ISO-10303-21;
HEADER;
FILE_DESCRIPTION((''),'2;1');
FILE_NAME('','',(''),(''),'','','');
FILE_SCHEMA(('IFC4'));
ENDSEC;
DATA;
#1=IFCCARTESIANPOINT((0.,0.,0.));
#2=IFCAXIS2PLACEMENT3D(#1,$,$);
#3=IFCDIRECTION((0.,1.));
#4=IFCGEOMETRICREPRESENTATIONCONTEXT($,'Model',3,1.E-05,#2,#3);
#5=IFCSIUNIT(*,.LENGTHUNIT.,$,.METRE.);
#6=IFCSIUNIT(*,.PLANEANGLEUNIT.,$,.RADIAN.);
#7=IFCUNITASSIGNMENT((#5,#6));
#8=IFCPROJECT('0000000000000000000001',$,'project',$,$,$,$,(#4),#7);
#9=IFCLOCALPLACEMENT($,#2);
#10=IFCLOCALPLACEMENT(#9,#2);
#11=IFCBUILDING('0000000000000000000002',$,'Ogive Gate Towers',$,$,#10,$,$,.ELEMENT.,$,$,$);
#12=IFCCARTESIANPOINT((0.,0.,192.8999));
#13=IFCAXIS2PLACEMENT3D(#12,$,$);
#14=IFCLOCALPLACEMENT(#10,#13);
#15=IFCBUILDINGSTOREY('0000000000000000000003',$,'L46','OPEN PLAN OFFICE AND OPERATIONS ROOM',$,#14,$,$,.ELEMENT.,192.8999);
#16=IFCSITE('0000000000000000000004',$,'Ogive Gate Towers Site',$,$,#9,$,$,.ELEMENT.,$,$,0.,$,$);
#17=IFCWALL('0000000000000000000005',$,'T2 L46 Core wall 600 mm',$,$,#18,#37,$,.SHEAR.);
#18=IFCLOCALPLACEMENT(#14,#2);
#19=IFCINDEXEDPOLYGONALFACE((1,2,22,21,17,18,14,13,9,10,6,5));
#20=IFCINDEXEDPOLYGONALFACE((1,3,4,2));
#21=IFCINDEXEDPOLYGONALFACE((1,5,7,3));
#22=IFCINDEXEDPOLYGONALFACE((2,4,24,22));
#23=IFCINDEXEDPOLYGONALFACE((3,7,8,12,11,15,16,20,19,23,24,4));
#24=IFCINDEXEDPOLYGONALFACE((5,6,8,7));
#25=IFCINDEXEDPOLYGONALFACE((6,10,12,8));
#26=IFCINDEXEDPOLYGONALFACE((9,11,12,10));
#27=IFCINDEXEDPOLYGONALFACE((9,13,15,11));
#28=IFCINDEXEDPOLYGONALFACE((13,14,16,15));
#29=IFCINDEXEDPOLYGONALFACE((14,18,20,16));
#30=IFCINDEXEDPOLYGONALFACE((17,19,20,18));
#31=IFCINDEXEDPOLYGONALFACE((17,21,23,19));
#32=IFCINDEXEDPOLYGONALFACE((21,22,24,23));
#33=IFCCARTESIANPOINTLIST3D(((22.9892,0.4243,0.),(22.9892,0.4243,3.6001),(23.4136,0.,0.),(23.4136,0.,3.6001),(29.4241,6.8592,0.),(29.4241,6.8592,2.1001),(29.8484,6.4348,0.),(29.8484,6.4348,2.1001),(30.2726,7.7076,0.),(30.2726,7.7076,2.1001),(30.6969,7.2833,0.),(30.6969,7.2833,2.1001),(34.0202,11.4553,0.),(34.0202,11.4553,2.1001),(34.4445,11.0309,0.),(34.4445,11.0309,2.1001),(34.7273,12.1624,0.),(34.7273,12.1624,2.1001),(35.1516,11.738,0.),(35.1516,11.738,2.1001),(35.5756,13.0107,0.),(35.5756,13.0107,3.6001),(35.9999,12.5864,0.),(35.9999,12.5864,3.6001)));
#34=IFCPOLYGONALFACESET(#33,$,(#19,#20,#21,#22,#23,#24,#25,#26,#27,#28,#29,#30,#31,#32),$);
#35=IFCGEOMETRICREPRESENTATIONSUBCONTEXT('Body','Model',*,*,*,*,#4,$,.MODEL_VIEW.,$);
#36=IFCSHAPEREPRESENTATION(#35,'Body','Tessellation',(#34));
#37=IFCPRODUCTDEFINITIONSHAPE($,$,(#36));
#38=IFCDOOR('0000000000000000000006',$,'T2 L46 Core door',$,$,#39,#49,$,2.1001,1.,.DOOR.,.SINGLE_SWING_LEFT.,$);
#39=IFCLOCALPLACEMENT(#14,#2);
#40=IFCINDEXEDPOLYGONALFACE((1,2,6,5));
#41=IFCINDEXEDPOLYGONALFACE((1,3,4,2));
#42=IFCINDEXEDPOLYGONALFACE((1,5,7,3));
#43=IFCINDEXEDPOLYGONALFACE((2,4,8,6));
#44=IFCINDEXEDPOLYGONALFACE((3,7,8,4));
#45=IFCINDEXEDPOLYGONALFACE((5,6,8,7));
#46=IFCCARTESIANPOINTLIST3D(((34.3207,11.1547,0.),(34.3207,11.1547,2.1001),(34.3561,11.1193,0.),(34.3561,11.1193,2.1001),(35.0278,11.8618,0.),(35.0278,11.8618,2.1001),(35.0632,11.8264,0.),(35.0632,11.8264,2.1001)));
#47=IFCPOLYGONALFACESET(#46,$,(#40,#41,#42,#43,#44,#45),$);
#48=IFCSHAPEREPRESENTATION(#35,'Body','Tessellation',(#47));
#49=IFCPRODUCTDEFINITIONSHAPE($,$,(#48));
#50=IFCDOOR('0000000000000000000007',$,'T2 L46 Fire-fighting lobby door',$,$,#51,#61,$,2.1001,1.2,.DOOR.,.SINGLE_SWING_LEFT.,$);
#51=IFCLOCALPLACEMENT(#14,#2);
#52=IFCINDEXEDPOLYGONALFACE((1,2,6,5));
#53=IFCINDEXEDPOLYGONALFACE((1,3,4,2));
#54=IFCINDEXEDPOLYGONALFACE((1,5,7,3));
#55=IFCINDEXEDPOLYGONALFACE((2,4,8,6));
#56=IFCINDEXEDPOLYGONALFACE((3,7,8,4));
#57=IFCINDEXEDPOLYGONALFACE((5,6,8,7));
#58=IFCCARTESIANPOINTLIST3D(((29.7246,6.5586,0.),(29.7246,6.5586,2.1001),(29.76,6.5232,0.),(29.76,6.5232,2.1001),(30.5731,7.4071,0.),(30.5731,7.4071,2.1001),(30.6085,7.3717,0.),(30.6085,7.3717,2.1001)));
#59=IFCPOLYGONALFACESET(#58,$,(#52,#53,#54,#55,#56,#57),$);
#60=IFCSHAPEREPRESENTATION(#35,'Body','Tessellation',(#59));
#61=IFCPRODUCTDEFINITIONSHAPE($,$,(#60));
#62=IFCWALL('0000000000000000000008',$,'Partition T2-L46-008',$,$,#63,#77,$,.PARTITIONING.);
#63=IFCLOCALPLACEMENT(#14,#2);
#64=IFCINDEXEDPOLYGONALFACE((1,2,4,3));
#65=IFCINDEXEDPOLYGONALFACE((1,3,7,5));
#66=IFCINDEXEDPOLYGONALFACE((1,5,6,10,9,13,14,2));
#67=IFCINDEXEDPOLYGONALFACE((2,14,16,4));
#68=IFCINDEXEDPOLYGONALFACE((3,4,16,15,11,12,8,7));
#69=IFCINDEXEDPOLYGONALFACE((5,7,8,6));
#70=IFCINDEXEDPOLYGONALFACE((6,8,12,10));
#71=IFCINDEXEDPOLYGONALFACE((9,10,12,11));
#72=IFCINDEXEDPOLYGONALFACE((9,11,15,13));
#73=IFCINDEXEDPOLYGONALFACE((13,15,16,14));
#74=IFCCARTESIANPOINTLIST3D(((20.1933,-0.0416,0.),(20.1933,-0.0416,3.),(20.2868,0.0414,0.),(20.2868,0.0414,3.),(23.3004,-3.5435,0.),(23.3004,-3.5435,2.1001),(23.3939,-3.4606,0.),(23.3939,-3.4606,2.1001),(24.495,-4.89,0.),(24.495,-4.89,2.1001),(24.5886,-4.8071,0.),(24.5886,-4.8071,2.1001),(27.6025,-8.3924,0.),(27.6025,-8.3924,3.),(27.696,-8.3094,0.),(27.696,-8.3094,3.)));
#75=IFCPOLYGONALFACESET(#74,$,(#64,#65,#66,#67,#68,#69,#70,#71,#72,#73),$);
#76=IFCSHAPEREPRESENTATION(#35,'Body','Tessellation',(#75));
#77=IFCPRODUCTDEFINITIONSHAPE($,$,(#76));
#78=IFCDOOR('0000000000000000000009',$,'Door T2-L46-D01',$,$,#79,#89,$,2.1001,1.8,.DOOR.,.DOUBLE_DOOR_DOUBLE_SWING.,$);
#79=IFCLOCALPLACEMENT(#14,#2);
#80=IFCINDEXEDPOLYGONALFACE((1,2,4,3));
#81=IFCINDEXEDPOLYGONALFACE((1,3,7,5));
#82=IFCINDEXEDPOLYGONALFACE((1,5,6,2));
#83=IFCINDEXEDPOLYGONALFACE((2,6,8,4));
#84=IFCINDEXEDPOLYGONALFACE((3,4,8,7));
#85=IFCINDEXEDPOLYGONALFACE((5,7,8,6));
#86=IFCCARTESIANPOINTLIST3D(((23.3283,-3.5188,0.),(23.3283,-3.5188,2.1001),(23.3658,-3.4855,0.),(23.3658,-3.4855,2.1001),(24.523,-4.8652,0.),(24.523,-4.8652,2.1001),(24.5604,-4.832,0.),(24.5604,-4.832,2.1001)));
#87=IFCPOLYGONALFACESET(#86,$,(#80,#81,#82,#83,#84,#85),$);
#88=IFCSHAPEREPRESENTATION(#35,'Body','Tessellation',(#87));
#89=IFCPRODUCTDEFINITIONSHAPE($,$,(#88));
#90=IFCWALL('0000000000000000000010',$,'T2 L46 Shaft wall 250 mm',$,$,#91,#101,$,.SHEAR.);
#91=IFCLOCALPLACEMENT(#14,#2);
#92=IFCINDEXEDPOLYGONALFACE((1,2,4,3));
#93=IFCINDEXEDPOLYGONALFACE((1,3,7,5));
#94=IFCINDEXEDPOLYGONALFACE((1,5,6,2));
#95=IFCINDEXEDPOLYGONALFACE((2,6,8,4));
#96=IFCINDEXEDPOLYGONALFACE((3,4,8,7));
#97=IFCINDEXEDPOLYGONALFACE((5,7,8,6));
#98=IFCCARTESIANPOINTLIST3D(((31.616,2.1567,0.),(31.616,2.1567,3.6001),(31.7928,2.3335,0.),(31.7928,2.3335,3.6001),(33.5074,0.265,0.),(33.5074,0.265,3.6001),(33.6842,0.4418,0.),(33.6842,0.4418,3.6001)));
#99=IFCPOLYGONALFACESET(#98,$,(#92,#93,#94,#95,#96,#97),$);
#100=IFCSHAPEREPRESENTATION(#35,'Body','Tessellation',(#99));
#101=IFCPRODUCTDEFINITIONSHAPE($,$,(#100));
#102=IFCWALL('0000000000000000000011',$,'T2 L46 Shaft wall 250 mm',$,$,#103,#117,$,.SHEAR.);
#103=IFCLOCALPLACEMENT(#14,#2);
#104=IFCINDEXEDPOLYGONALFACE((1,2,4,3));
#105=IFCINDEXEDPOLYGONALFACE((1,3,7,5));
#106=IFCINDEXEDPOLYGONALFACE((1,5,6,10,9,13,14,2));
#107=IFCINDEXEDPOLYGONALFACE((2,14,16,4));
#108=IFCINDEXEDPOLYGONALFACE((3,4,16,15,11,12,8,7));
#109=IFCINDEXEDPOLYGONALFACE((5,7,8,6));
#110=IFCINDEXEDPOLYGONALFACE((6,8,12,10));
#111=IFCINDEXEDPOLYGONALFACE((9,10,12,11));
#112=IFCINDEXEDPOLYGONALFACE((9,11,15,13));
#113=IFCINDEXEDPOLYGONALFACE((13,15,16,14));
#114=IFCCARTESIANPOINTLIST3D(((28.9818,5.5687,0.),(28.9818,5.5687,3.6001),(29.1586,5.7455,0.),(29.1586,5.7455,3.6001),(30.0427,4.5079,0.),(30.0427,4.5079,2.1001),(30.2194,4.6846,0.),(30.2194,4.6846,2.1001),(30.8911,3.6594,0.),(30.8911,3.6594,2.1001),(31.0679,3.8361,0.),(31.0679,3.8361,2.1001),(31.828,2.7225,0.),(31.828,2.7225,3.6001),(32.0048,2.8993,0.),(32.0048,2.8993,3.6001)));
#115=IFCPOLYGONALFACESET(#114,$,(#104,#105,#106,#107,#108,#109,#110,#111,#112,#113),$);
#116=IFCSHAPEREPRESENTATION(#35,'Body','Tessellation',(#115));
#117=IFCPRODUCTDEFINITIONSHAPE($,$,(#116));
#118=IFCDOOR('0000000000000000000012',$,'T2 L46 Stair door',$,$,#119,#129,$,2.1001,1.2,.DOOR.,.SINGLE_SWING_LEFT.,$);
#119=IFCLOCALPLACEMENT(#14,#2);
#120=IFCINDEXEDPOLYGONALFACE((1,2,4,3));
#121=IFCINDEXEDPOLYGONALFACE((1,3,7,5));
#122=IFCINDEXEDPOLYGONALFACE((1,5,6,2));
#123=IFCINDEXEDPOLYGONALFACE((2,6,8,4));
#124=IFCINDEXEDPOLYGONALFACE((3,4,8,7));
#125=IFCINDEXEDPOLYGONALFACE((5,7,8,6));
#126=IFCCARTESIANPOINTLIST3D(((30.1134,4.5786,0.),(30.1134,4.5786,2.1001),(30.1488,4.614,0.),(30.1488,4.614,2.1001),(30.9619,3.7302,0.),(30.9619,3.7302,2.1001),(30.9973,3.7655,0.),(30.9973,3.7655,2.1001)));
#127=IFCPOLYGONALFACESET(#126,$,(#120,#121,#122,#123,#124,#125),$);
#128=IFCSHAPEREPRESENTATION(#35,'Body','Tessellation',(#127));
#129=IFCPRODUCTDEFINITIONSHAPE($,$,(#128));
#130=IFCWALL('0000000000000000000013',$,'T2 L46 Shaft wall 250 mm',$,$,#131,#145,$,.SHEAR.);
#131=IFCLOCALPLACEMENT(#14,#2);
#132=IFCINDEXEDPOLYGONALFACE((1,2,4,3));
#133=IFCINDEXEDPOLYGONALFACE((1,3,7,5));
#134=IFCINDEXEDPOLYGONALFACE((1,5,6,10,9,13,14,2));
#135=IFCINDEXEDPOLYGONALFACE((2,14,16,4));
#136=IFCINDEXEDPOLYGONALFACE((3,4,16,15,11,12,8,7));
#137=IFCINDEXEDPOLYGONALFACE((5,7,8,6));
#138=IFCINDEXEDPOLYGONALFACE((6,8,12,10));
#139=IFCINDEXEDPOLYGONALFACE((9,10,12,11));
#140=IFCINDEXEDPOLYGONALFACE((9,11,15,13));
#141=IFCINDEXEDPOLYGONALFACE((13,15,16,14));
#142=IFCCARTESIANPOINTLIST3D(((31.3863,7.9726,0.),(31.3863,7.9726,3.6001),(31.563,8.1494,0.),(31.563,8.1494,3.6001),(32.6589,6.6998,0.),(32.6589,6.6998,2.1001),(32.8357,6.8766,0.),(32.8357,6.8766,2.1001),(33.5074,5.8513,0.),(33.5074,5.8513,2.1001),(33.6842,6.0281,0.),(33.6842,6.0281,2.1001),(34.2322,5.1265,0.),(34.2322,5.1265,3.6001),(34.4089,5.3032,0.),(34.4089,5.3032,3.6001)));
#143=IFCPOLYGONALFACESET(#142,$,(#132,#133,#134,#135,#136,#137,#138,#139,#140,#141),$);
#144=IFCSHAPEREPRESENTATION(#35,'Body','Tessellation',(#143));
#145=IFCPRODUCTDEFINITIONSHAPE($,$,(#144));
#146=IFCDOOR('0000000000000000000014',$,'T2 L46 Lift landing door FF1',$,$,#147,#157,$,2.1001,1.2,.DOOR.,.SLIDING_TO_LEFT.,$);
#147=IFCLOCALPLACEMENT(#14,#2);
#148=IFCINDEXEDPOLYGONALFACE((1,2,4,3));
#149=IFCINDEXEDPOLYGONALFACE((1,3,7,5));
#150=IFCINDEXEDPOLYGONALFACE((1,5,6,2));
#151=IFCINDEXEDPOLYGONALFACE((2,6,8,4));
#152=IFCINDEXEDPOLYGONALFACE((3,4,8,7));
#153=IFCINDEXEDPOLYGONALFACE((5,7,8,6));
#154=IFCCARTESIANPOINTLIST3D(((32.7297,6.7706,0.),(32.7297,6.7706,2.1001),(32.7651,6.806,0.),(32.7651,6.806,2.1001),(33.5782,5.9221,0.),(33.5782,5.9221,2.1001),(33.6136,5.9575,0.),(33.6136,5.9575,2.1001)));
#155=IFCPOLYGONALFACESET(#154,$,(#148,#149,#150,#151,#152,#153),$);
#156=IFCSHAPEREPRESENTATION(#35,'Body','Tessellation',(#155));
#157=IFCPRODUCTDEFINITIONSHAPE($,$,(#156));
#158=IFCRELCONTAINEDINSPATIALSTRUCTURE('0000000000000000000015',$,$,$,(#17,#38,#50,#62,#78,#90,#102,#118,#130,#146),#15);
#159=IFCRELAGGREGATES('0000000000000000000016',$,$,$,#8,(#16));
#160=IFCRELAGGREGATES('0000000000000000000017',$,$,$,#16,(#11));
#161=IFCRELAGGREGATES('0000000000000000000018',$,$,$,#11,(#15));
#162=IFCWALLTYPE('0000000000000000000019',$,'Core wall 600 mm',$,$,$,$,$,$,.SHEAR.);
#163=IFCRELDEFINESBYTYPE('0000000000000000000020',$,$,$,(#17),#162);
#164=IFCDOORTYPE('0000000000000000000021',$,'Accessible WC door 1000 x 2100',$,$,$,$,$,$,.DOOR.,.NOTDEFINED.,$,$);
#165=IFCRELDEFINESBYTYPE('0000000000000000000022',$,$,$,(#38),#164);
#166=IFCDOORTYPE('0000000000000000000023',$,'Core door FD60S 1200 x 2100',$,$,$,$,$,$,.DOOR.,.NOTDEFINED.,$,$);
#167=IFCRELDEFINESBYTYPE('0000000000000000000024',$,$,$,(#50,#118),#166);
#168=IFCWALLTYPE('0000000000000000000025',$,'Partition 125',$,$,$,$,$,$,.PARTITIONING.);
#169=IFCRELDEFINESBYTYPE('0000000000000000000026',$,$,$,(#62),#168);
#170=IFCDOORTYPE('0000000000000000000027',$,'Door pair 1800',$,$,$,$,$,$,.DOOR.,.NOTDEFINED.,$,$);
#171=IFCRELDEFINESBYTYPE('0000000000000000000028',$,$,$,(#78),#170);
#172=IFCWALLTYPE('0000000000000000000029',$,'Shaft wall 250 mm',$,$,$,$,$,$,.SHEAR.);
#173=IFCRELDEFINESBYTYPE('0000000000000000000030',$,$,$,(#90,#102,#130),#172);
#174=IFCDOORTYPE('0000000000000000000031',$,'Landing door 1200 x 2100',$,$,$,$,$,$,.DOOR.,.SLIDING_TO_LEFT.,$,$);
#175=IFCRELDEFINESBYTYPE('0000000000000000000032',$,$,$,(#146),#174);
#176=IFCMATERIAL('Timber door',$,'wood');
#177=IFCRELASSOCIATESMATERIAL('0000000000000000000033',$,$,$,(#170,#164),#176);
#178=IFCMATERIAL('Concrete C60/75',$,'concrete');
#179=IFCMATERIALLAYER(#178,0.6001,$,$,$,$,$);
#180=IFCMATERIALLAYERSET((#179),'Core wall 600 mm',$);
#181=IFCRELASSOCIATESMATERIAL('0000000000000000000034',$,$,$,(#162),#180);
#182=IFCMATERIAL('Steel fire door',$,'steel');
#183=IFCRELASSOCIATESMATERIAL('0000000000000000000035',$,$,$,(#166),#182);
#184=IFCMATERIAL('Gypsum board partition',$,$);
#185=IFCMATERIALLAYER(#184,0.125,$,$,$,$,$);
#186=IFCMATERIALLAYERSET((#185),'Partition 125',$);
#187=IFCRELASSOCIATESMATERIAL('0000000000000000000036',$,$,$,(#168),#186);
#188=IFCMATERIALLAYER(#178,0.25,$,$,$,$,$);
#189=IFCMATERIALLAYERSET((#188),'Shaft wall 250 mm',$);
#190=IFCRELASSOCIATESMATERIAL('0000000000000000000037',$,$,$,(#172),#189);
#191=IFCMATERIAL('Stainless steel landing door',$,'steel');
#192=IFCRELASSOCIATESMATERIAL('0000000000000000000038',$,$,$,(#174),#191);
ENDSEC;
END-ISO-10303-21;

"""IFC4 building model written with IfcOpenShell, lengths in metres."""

from ifc_helpers import new_model, si_unit, direction, frame, frame_2d, origin, place, context, subcontext, project, spatial, rectangle, extrude, material, layer, layer_set, type_object, element, fill, save


model = new_model("IFC4")

# Units and contexts
model_context = context("Model", 3, precision=1e-05, world=origin(), true_north=direction((0.0, 1.0)))
body_context = subcontext(model_context, "Body", "Model", "MODEL_VIEW")
ifc_project = project(units=[si_unit("LENGTHUNIT", "METRE"), si_unit("PLANEANGLEUNIT", "RADIAN")], contexts=[model_context])

# Site, building, storey
site_placement = place(None, origin())
site = spatial("IfcSite", under=ifc_project, at=site_placement, Name="Ogive Gate Towers Site", CompositionType="ELEMENT", RefElevation=0.0)
building_placement = place(site_placement, origin())
building = spatial("IfcBuilding", under=site, at=building_placement, Name="Ogive Gate Towers", CompositionType="ELEMENT")
storey_placement = place(building_placement, frame((0.0, 0.0, 192.8999)))
storey = spatial("IfcBuildingStorey", under=building, at=storey_placement, Name="L46", Description="OPEN PLAN OFFICE AND OPERATIONS ROOM", CompositionType="ELEMENT", Elevation=192.8999)

# Shared definitions
ifc_material_1 = material(Name="Timber door", Category="wood")
door_type_1 = type_object("IfcDoorType", Name="Door pair 1800", OperationType="NOTDEFINED", PredefinedType="DOOR", material=ifc_material_1)

# Wall, openings, doors
ifc_material_2 = material(Name="Concrete C60/75", Category="concrete")
ifc_layer_1 = layer(ifc_material_2, 0.6001)
ifc_layer_set_1 = layer_set([ifc_layer_1], Name="Core wall 600 mm")
wall_type_1 = type_object("IfcWallType", Name="Core wall 600 mm", PredefinedType="SHEAR", material=ifc_layer_set_1)
wall_1_placement = place(storey_placement, frame((23.2014, 0.2122, 0.0), z_axis=(0.0, 0.0, 1.0), x_axis=(0.707107, 0.707107, 0.0)))
wall_1 = element("IfcWall", 1, at=wall_1_placement, inside=storey, type_object=wall_type_1, Name="T2 L46 Core wall 600 mm", PredefinedType="SHEAR", context=body_context, shape_type="SweptSolid", body=[
    extrude(rectangle(XDim=17.7998, YDim=0.6001, at=frame_2d((8.8999, 0.0))), origin(), (0.0, 0.0, 1.0), 3.6001),
])
opening_1_placement = place(wall_1_placement, frame((9.1001, 0.0, 0.0)))
opening_1 = element("IfcOpeningElement", 2, at=opening_1_placement, cuts=wall_1, PredefinedType="OPENING", context=body_context, shape_type="SweptSolid", body=[
    extrude(rectangle(XDim=1.2, YDim=2.1001, at=frame_2d((0.6001, 1.05))), frame((0.0, 0.3101, 0.0), z_axis=(0.0, -1.0, 0.0), x_axis=(1.0, 0.0, 0.0)), (0.0, 0.0, 1.0), 0.6201),
])
opening_2_placement = place(wall_1_placement, frame((15.6001, 0.0, 0.0)))
opening_2 = element("IfcOpeningElement", 3, at=opening_2_placement, cuts=wall_1, PredefinedType="OPENING", context=body_context, shape_type="SweptSolid", body=[
    extrude(rectangle(XDim=1.0, YDim=2.1001, at=frame_2d((0.5, 1.05))), frame((0.0, 0.3101, 0.0), z_axis=(0.0, -1.0, 0.0), x_axis=(1.0, 0.0, 0.0)), (0.0, 0.0, 1.0), 0.6201),
])
door_type_2 = type_object("IfcDoorType", Name="Accessible WC door 1000 x 2100", OperationType="NOTDEFINED", PredefinedType="DOOR", material=ifc_material_1)
door_1_placement = place(opening_2_placement, origin())
door_1 = element("IfcDoor", 4, at=door_1_placement, inside=storey, type_object=door_type_2, Name="T2 L46 Core door", OperationType="SINGLE_SWING_LEFT", OverallHeight=2.1001, OverallWidth=1.0, PredefinedType="DOOR", context=body_context, shape_type="SweptSolid", body=[
    extrude(rectangle(XDim=1.0, YDim=2.1001, at=frame_2d((0.5, 1.05))), frame((0.0, -0.125, 0.0), z_axis=(0.0, -1.0, 0.0), x_axis=(1.0, 0.0, 0.0)), (0.0, 0.0, 1.0), 0.05),
])
fill(opening_2, door_1)
ifc_material_3 = material(Name="Steel fire door", Category="steel")
door_type_3 = type_object("IfcDoorType", Name="Core door FD60S 1200 x 2100", OperationType="NOTDEFINED", PredefinedType="DOOR", material=ifc_material_3)
door_2_placement = place(opening_1_placement, origin())
door_2 = element("IfcDoor", 5, at=door_2_placement, inside=storey, type_object=door_type_3, Name="T2 L46 Fire-fighting lobby door", OperationType="SINGLE_SWING_LEFT", OverallHeight=2.1001, OverallWidth=1.2, PredefinedType="DOOR", context=body_context, shape_type="SweptSolid", body=[
    extrude(rectangle(XDim=1.2, YDim=2.1001, at=frame_2d((0.6001, 1.05))), frame((0.0, -0.125, 0.0), z_axis=(0.0, -1.0, 0.0), x_axis=(1.0, 0.0, 0.0)), (0.0, 0.0, 1.0), 0.05),
])
fill(opening_1, door_2)

# Wall, opening, door
ifc_material_4 = material(Name="Gypsum board partition")
ifc_layer_2 = layer(ifc_material_4, 0.125)
ifc_layer_set_2 = layer_set([ifc_layer_2], Name="Partition 125")
wall_type_2 = type_object("IfcWallType", Name="Partition 125", PredefinedType="PARTITIONING", material=ifc_layer_set_2)
wall_2_placement = place(storey_placement, frame((20.24, 0.0, 0.0), z_axis=(0.0, 0.0, 1.0), x_axis=(0.663674, -0.748022, 0.0)))
wall_2 = element("IfcWall", 6, at=wall_2_placement, inside=storey, type_object=wall_type_2, Name="Partition T2-L46-008", PredefinedType="PARTITIONING", context=body_context, shape_type="SweptSolid", body=[
    extrude(rectangle(XDim=11.1638, YDim=0.125, at=frame_2d((5.582, 0.0))), origin(), (0.0, 0.0, 1.0), 3.0),
])
opening_3_placement = place(wall_2_placement, frame((4.6819, 0.0, 0.0)))
opening_3 = element("IfcOpeningElement", 7, at=opening_3_placement, cuts=wall_2, PredefinedType="OPENING", context=body_context, shape_type="SweptSolid", body=[
    extrude(rectangle(XDim=1.8, YDim=2.1001, at=frame_2d((0.8999, 1.05))), frame((0.0, 0.0725, 0.0), z_axis=(0.0, -1.0, 0.0), x_axis=(1.0, 0.0, 0.0)), (0.0, 0.0, 1.0), 0.145),
])
door_3_placement = place(opening_3_placement, origin())
door_3 = element("IfcDoor", 8, at=door_3_placement, inside=storey, type_object=door_type_1, Name="Door T2-L46-D01", OperationType="DOUBLE_DOOR_DOUBLE_SWING", OverallHeight=2.1001, OverallWidth=1.8, PredefinedType="DOOR", context=body_context, shape_type="SweptSolid", body=[
    extrude(rectangle(XDim=1.8, YDim=2.1001, at=frame_2d((0.8999, 1.05))), frame((0.0, 0.0249, 0.0), z_axis=(0.0, -1.0, 0.0), x_axis=(1.0, 0.0, 0.0)), (0.0, 0.0, 1.0), 0.05),
])
fill(opening_3, door_3)

# Wall
ifc_layer_3 = layer(ifc_material_2, 0.25)
ifc_layer_set_3 = layer_set([ifc_layer_3], Name="Shaft wall 250 mm")
wall_type_3 = type_object("IfcWallType", Name="Shaft wall 250 mm", PredefinedType="SHEAR", material=ifc_layer_set_3)
wall_3_placement = place(storey_placement, frame((33.5957, 0.3535, 0.0), z_axis=(0.0, 0.0, 1.0), x_axis=(-0.707061, 0.707152, 0.0)))
element("IfcWall", 9, at=wall_3_placement, inside=storey, type_object=wall_type_3, Name="T2 L46 Shaft wall 250 mm", PredefinedType="SHEAR", context=body_context, shape_type="SweptSolid", body=[
    extrude(rectangle(XDim=2.675, YDim=0.25, at=frame_2d((1.3374, 0.0))), origin(), (0.0, 0.0, 1.0), 3.6001),
])

# Walls, openings, doors
wall_4_placement = place(storey_placement, frame((31.9165, 2.8108, 0.0), z_axis=(0.0, 0.0, 1.0), x_axis=(-0.707107, 0.707107, 0.0)))
wall_4 = element("IfcWall", 10, at=wall_4_placement, inside=storey, type_object=wall_type_3, Name="T2 L46 Shaft wall 250 mm", PredefinedType="SHEAR", context=body_context, shape_type="SweptSolid", body=[
    extrude(rectangle(XDim=4.0251, YDim=0.25, at=frame_2d((2.0127, 0.0))), origin(), (0.0, 0.0, 1.0), 3.6001),
])
opening_4_placement = place(wall_4_placement, frame((1.325, 0.0, 0.0)))
opening_4 = element("IfcOpeningElement", 11, at=opening_4_placement, cuts=wall_4, PredefinedType="OPENING", context=body_context, shape_type="SweptSolid", body=[
    extrude(rectangle(XDim=1.2, YDim=2.1001, at=frame_2d((0.6001, 1.05))), frame((0.0, 0.135, 0.0), z_axis=(0.0, -1.0, 0.0), x_axis=(1.0, 0.0, 0.0)), (0.0, 0.0, 1.0), 0.27),
])
door_4_placement = place(opening_4_placement, origin())
door_4 = element("IfcDoor", 12, at=door_4_placement, inside=storey, type_object=door_type_3, Name="T2 L46 Stair door", OperationType="SINGLE_SWING_LEFT", OverallHeight=2.1001, OverallWidth=1.2, PredefinedType="DOOR", context=body_context, shape_type="SweptSolid", body=[
    extrude(rectangle(XDim=1.2, YDim=2.1001, at=frame_2d((0.6001, 1.05))), frame((0.0, 0.0249, 0.0), z_axis=(0.0, -1.0, 0.0), x_axis=(1.0, 0.0, 0.0)), (0.0, 0.0, 1.0), 0.05),
])
fill(opening_4, door_4)
wall_5_placement = place(storey_placement, frame((34.3206, 5.2148, 0.0), z_axis=(0.0, 0.0, 1.0), x_axis=(-0.707076, 0.707137, 0.0)))
wall_5 = element("IfcWall", 13, at=wall_5_placement, inside=storey, type_object=wall_type_3, Name="T2 L46 Shaft wall 250 mm", PredefinedType="SHEAR", context=body_context, shape_type="SweptSolid", body=[
    extrude(rectangle(XDim=4.0249, YDim=0.25, at=frame_2d((2.0125, 0.0))), origin(), (0.0, 0.0, 1.0), 3.6001),
])
opening_5_placement = place(wall_5_placement, frame((1.0249, 0.0, 0.0)))
opening_5 = element("IfcOpeningElement", 14, at=opening_5_placement, cuts=wall_5, PredefinedType="OPENING", context=body_context, shape_type="SweptSolid", body=[
    extrude(rectangle(XDim=1.2, YDim=2.1001, at=frame_2d((0.6001, 1.05))), frame((0.0, 0.135, 0.0), z_axis=(0.0, -1.0, 0.0), x_axis=(1.0, 0.0, 0.0)), (0.0, 0.0, 1.0), 0.27),
])
ifc_material_5 = material(Name="Stainless steel landing door", Category="steel")
door_type_4 = type_object("IfcDoorType", Name="Landing door 1200 x 2100", OperationType="SLIDING_TO_LEFT", PredefinedType="DOOR", material=ifc_material_5)
door_5_placement = place(opening_5_placement, origin())
door_5 = element("IfcDoor", 15, at=door_5_placement, inside=storey, type_object=door_type_4, Name="T2 L46 Lift landing door FF1", OperationType="SLIDING_TO_LEFT", OverallHeight=2.1001, OverallWidth=1.2, PredefinedType="DOOR", context=body_context, shape_type="SweptSolid", body=[
    extrude(rectangle(XDim=1.2, YDim=2.1001, at=frame_2d((0.6001, 1.05))), frame((0.0, 0.0249, 0.0), z_axis=(0.0, -1.0, 0.0), x_axis=(1.0, 0.0, 0.0)), (0.0, 0.0, 1.0), 0.05),
])
fill(opening_5, door_5)

save(model, "model.ifc")
